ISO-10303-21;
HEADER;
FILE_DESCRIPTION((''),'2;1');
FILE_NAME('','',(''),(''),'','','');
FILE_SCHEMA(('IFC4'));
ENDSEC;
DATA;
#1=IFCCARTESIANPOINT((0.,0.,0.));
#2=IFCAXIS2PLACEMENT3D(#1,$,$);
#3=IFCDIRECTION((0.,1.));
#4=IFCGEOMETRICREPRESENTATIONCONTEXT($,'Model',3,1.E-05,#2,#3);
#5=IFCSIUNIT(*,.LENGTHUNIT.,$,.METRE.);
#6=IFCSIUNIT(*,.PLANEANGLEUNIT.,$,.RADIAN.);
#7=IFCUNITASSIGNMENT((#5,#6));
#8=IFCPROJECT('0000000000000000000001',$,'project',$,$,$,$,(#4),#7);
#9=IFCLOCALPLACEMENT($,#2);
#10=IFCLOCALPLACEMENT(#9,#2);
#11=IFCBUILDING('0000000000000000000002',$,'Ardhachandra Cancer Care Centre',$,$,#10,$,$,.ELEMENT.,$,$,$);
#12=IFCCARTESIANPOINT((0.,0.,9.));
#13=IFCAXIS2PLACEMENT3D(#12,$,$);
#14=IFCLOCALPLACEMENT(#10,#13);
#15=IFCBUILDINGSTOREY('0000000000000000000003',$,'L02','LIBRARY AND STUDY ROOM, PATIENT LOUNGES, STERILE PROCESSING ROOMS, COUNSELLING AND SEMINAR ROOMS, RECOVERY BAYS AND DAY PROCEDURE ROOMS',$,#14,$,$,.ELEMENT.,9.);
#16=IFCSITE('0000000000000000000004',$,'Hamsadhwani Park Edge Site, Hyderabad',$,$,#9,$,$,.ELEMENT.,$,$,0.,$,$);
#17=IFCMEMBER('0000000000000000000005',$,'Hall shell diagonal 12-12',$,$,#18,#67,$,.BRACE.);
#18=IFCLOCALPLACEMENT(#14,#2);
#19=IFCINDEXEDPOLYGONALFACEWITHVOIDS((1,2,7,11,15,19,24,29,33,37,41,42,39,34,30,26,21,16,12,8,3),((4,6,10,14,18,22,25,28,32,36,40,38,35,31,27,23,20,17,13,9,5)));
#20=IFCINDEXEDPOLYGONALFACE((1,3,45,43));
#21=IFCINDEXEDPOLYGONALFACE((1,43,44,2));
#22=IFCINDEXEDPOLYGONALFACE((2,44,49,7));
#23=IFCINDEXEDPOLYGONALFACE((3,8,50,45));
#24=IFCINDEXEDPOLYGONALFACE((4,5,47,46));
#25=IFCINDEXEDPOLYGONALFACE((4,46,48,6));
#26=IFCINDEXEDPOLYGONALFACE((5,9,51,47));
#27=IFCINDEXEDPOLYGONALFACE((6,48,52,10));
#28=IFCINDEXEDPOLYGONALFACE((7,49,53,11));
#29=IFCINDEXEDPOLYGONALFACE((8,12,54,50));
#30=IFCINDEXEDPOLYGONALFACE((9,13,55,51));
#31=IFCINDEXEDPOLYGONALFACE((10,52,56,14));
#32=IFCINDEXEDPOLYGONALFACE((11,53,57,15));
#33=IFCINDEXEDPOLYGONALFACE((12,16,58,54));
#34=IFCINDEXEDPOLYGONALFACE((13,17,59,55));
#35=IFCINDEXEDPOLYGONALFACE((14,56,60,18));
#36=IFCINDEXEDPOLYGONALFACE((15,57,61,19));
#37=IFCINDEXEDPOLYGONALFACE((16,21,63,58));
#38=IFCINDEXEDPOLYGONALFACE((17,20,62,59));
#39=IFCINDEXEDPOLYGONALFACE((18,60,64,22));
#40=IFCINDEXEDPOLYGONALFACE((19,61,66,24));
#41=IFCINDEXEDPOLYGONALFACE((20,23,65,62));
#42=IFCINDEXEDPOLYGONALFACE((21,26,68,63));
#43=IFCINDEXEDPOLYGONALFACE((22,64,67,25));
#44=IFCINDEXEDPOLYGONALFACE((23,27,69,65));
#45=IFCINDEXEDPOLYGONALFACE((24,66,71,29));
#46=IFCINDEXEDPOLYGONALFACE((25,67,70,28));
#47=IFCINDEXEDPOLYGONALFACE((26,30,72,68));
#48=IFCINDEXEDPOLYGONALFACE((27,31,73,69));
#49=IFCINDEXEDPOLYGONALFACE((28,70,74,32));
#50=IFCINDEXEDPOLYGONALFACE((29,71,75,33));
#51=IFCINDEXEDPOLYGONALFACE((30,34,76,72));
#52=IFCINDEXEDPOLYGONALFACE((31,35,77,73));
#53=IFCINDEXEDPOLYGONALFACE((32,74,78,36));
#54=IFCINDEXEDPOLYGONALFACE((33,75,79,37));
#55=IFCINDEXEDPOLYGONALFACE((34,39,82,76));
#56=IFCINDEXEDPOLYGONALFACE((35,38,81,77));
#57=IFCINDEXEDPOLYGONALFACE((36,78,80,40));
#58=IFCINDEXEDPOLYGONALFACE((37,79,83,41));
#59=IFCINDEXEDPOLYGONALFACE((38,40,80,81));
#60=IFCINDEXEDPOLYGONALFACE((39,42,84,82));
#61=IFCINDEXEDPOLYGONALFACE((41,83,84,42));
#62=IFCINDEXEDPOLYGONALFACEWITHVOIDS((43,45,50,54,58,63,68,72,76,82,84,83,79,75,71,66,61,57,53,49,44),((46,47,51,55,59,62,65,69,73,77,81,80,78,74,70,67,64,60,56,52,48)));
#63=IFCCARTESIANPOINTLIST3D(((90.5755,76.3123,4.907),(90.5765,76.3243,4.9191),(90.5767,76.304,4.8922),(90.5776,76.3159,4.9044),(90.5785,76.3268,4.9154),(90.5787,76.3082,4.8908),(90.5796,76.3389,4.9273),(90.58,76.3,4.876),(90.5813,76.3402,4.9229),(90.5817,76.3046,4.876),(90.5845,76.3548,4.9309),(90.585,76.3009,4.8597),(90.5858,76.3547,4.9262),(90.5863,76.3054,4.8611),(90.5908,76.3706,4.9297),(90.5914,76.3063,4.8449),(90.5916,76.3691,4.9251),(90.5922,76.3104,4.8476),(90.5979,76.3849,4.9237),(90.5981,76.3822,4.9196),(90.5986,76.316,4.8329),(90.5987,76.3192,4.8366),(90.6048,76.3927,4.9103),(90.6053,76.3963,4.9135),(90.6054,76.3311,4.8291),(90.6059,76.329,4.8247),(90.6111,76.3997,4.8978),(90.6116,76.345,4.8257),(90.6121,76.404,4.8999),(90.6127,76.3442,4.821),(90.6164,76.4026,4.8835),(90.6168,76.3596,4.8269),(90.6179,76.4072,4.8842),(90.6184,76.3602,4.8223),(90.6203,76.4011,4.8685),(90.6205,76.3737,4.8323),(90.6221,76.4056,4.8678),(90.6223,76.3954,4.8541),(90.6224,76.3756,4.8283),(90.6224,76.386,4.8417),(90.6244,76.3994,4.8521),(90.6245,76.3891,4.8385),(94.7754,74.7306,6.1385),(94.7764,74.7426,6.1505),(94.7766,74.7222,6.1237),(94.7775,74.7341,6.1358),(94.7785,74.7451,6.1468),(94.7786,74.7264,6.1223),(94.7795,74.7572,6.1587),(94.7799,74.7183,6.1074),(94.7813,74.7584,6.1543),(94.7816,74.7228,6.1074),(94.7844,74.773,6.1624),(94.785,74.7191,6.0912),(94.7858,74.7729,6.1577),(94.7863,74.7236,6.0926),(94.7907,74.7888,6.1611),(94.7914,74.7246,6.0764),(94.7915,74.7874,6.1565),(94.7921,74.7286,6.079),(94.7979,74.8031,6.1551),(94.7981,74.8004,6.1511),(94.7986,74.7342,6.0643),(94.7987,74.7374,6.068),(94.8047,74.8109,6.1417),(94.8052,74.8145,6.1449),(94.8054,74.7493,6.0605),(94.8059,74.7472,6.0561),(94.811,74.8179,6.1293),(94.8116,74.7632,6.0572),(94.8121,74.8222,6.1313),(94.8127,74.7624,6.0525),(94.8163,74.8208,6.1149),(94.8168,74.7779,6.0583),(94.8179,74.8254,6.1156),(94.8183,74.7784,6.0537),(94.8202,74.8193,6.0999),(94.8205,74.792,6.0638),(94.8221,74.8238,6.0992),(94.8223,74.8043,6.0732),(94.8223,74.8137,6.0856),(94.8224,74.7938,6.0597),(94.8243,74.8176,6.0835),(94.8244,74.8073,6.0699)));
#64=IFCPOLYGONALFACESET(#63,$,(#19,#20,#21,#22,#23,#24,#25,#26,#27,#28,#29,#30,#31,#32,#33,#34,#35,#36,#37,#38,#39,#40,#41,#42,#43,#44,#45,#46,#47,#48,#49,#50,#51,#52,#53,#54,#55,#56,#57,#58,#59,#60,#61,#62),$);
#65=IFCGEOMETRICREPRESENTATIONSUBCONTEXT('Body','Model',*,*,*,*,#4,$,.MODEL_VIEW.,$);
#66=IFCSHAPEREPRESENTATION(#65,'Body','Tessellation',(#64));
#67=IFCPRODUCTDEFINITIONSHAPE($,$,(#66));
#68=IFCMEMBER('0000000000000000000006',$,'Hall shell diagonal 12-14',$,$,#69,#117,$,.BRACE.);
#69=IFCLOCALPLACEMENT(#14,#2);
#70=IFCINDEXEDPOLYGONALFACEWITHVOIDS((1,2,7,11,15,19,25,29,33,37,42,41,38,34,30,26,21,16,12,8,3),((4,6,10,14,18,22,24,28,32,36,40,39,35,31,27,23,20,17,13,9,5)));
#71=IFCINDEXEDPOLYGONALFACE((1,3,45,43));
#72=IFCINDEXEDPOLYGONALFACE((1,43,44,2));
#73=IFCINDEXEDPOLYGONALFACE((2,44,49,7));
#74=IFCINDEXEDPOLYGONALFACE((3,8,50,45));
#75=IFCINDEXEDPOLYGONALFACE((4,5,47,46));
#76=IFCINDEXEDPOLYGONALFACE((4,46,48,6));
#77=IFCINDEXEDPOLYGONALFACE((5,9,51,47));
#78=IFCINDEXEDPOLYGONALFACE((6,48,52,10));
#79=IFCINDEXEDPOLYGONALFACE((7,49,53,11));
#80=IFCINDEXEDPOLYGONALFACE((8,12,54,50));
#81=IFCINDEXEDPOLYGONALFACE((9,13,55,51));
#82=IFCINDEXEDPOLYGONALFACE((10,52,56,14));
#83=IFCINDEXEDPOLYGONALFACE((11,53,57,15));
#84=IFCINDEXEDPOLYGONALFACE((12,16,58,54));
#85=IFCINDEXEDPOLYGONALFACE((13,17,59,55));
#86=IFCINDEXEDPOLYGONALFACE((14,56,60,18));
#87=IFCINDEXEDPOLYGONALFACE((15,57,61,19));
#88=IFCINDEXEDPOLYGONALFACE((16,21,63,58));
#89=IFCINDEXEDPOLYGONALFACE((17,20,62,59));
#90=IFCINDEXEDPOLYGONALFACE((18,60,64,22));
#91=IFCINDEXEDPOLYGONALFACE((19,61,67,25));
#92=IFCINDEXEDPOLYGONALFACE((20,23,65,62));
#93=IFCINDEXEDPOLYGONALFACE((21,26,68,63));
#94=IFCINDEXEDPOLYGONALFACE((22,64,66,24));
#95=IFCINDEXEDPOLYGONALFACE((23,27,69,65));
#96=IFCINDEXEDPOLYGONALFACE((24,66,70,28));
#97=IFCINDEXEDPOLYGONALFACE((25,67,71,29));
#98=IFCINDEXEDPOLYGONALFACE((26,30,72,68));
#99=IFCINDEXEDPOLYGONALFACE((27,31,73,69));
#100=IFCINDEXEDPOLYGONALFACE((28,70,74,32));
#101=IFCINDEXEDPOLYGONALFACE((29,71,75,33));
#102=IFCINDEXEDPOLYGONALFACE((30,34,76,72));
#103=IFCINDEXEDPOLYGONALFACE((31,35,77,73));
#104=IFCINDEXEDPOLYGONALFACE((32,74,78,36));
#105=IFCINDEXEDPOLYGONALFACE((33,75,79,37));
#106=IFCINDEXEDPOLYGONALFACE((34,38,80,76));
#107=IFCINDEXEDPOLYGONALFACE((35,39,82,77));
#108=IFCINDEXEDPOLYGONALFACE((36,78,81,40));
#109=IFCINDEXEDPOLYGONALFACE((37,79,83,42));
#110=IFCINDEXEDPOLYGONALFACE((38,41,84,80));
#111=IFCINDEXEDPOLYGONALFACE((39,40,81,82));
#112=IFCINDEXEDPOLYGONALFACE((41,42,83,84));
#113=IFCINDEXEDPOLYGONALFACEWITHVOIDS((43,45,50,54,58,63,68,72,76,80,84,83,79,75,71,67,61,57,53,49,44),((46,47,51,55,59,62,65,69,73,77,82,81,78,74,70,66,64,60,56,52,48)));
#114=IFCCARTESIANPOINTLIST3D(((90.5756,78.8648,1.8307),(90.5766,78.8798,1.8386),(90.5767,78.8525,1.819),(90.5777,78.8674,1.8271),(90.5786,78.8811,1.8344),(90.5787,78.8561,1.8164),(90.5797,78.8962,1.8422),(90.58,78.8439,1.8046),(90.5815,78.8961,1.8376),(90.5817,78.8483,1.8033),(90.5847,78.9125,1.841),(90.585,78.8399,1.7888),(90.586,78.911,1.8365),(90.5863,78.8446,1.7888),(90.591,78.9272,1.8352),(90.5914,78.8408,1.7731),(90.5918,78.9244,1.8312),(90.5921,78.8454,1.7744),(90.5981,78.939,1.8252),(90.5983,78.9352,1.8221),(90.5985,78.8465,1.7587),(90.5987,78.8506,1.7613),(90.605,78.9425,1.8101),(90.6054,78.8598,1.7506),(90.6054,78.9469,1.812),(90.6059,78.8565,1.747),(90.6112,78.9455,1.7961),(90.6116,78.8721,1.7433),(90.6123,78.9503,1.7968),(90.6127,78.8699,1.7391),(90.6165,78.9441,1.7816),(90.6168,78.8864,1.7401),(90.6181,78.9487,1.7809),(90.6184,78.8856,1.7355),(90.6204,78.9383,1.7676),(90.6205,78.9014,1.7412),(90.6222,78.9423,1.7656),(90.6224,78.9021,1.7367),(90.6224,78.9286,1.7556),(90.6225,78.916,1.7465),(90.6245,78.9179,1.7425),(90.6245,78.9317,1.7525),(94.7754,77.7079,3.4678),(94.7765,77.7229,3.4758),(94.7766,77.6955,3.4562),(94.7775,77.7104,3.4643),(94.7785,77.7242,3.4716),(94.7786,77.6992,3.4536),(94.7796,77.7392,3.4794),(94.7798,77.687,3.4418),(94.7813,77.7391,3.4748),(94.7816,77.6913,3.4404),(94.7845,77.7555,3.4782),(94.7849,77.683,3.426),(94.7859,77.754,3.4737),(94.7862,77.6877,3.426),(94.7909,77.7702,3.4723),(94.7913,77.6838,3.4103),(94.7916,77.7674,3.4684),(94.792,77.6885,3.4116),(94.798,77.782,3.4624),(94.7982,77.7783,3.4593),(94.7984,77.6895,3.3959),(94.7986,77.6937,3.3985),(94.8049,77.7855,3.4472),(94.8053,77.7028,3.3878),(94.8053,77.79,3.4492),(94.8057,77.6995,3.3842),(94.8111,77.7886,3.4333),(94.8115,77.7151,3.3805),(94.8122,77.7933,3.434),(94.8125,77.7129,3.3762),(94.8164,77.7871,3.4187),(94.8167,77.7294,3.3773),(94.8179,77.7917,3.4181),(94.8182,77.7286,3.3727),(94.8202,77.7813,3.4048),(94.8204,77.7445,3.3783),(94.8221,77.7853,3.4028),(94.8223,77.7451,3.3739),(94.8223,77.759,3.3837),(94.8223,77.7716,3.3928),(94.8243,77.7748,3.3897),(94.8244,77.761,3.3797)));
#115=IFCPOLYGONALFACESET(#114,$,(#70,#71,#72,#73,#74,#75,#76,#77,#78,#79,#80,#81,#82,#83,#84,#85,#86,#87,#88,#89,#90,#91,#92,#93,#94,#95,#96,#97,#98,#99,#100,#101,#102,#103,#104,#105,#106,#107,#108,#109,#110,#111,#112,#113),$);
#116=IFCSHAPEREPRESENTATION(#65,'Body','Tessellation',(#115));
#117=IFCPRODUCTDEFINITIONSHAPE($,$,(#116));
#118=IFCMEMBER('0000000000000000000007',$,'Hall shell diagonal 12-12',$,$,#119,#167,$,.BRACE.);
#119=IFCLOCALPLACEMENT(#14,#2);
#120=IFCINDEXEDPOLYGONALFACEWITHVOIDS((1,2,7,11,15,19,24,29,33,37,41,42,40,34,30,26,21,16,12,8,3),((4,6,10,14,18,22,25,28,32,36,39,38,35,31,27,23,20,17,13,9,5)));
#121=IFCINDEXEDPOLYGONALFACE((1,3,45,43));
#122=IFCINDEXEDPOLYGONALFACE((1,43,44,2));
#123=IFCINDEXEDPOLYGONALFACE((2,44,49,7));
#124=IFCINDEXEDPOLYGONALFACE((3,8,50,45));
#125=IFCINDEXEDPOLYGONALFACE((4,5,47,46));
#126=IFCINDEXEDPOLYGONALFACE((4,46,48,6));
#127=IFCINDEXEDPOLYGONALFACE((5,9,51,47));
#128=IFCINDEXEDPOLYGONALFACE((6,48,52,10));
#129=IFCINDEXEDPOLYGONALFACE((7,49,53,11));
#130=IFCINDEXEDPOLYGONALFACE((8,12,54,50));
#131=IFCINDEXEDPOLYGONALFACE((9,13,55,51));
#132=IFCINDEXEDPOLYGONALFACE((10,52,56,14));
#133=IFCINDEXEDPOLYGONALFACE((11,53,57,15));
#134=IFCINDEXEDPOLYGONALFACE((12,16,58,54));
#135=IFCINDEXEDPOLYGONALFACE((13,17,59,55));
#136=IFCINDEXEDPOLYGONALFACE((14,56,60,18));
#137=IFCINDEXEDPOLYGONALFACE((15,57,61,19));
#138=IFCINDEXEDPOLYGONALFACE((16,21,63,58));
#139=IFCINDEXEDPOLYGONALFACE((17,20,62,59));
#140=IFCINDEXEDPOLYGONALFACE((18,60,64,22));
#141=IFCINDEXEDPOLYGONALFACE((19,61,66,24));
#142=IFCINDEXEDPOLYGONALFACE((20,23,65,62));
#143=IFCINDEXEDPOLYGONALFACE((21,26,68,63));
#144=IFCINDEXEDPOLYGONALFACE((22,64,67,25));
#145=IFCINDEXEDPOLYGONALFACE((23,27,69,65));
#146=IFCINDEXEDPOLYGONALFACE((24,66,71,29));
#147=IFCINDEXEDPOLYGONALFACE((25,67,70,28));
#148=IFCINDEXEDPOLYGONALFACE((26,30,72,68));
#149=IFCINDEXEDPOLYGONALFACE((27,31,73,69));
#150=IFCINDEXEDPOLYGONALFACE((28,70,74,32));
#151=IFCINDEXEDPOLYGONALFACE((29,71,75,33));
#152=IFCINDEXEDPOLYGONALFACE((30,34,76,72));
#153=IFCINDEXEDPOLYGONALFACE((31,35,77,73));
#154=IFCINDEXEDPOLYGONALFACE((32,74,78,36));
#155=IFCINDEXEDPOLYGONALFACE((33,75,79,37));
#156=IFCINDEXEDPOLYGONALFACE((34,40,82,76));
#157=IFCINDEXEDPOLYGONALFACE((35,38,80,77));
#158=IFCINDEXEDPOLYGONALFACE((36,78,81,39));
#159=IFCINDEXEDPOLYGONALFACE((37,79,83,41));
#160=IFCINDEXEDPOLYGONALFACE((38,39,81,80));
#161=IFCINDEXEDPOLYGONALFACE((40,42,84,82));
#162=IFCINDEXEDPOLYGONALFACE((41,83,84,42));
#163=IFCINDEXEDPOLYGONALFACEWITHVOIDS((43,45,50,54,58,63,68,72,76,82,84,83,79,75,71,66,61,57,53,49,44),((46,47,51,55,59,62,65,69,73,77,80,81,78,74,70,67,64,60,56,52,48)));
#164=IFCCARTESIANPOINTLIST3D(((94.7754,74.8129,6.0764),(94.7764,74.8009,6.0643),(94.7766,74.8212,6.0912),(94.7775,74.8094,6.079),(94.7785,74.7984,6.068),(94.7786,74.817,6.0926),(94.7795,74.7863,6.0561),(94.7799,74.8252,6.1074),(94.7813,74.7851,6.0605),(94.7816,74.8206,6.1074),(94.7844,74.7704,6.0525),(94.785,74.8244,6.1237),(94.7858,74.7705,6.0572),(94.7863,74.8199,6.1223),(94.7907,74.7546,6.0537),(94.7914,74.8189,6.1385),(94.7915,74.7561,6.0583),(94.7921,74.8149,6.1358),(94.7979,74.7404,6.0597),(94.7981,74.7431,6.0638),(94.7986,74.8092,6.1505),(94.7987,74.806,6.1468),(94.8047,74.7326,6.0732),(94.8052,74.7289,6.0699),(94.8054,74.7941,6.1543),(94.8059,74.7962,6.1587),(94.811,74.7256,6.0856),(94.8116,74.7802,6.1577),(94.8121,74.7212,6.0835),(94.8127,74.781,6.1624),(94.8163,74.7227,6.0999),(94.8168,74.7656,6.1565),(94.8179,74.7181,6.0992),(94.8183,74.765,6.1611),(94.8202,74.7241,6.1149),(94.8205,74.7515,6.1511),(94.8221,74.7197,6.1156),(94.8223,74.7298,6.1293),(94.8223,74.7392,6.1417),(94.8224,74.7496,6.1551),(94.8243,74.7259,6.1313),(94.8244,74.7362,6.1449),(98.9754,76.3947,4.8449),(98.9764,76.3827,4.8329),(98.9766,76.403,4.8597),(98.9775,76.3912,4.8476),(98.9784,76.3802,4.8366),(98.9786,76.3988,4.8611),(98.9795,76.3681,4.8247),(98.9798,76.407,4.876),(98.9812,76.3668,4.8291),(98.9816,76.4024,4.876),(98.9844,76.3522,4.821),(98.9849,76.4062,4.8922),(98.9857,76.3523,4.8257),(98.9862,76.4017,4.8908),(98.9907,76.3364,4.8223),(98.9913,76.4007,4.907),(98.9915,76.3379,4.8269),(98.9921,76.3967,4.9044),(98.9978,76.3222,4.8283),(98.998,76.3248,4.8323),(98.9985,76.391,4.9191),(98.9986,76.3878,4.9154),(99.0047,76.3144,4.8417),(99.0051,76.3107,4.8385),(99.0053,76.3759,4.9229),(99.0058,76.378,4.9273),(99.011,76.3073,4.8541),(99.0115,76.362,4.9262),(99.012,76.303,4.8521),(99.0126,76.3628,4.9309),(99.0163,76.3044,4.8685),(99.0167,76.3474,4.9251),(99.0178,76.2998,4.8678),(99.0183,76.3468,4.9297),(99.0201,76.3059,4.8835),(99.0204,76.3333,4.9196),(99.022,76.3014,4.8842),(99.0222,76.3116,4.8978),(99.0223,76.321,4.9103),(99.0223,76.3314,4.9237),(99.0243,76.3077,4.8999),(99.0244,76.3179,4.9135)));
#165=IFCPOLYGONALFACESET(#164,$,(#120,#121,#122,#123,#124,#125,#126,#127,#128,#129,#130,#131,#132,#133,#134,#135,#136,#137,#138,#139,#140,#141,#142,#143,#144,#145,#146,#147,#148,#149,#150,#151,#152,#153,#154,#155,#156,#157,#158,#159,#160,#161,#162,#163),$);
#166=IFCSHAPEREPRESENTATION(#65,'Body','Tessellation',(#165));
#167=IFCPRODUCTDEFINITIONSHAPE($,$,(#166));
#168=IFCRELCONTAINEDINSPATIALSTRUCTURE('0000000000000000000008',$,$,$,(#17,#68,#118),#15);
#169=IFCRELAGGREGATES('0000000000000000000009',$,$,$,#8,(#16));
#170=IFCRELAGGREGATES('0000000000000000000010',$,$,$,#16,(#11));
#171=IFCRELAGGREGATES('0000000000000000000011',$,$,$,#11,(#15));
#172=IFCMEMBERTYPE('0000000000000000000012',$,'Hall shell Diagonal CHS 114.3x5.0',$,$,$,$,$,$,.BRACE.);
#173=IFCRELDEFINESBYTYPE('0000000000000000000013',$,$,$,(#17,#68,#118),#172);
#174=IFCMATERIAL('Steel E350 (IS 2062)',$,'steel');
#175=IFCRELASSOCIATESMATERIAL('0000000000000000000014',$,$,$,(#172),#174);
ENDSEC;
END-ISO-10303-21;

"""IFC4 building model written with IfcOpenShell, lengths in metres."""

from ifc_helpers import new_model, si_unit, direction, frame, origin, origin_2d, place, context, subcontext, project, spatial, hollow_circle, extrude, material, material_profile, profile_set, type_object, element, save


model = new_model("IFC4")

# Units and contexts
model_context = context("Model", 3, precision=1e-05, world=origin(), true_north=direction((0.0, 1.0)))
body_context = subcontext(model_context, "Body", "Model", "MODEL_VIEW")
ifc_project = project(units=[si_unit("LENGTHUNIT", "METRE"), si_unit("PLANEANGLEUNIT", "RADIAN")], contexts=[model_context])

# Site, building, storey
site_placement = place(None, origin())
site = spatial("IfcSite", under=ifc_project, at=site_placement, Name="Hamsadhwani Park Edge Site, Hyderabad", CompositionType="ELEMENT", RefElevation=0.0)
building_placement = place(site_placement, origin())
building = spatial("IfcBuilding", under=site, at=building_placement, Name="Ardhachandra Cancer Care Centre", CompositionType="ELEMENT")
storey_placement = place(building_placement, frame((0.0, 0.0, 9.0)))
storey = spatial("IfcBuildingStorey", under=building, at=storey_placement, Name="L02", Description="LIBRARY AND STUDY ROOM, PATIENT LOUNGES, STERILE PROCESSING ROOMS, COUNSELLING AND SEMINAR ROOMS, RECOVERY BAYS AND DAY PROCEDURE ROOMS", CompositionType="ELEMENT", Elevation=9.0)

# Members
ifc_material_1 = material(Name="Steel E350 (IS 2062)", Category="steel")
ifc_material_profile_1 = material_profile(ifc_material_1, hollow_circle(Radius=0.0571, WallThickness=0.0049, at=origin_2d()), Name="CHS 114.3x5.0")
ifc_profile_set_1 = profile_set([ifc_material_profile_1], Name="Steel E350 (IS 2062)")
member_type_1 = type_object("IfcMemberType", Name="Hall shell Diagonal CHS 114.3x5.0", PredefinedType="BRACE", material=ifc_profile_set_1)
for number, where, z_axis, x_axis, name in (
    (1, (94.8, 74.7717, 6.1074), (-0.902473, 0.33989, -0.264609), (-0.352453, -0.93583, 0.0), "Hall shell diagonal 12-12"),
    (2, (94.8, 77.738, 3.426), (-0.902461, 0.248606, -0.351794), (-0.265582, -0.964088, 0.0), "Hall shell diagonal 12-14"),
    (3, (94.8, 74.7717, 6.1074), (0.902473, 0.33989, -0.264609), (-0.352453, 0.93583, 0.0), "Hall shell diagonal 12-12"),
):
    element("IfcMember", number, at=place(storey_placement, frame(where, z_axis=z_axis, x_axis=x_axis)), inside=storey, type_object=member_type_1, Name=name, PredefinedType="BRACE", context=body_context, shape_type="SweptSolid", body=[
        extrude(hollow_circle(Radius=0.0571, WallThickness=0.0049, at=origin_2d()), origin(), (0.0, 0.0, 1.0), 4.6538),
    ])

save(model, "model.ifc")
